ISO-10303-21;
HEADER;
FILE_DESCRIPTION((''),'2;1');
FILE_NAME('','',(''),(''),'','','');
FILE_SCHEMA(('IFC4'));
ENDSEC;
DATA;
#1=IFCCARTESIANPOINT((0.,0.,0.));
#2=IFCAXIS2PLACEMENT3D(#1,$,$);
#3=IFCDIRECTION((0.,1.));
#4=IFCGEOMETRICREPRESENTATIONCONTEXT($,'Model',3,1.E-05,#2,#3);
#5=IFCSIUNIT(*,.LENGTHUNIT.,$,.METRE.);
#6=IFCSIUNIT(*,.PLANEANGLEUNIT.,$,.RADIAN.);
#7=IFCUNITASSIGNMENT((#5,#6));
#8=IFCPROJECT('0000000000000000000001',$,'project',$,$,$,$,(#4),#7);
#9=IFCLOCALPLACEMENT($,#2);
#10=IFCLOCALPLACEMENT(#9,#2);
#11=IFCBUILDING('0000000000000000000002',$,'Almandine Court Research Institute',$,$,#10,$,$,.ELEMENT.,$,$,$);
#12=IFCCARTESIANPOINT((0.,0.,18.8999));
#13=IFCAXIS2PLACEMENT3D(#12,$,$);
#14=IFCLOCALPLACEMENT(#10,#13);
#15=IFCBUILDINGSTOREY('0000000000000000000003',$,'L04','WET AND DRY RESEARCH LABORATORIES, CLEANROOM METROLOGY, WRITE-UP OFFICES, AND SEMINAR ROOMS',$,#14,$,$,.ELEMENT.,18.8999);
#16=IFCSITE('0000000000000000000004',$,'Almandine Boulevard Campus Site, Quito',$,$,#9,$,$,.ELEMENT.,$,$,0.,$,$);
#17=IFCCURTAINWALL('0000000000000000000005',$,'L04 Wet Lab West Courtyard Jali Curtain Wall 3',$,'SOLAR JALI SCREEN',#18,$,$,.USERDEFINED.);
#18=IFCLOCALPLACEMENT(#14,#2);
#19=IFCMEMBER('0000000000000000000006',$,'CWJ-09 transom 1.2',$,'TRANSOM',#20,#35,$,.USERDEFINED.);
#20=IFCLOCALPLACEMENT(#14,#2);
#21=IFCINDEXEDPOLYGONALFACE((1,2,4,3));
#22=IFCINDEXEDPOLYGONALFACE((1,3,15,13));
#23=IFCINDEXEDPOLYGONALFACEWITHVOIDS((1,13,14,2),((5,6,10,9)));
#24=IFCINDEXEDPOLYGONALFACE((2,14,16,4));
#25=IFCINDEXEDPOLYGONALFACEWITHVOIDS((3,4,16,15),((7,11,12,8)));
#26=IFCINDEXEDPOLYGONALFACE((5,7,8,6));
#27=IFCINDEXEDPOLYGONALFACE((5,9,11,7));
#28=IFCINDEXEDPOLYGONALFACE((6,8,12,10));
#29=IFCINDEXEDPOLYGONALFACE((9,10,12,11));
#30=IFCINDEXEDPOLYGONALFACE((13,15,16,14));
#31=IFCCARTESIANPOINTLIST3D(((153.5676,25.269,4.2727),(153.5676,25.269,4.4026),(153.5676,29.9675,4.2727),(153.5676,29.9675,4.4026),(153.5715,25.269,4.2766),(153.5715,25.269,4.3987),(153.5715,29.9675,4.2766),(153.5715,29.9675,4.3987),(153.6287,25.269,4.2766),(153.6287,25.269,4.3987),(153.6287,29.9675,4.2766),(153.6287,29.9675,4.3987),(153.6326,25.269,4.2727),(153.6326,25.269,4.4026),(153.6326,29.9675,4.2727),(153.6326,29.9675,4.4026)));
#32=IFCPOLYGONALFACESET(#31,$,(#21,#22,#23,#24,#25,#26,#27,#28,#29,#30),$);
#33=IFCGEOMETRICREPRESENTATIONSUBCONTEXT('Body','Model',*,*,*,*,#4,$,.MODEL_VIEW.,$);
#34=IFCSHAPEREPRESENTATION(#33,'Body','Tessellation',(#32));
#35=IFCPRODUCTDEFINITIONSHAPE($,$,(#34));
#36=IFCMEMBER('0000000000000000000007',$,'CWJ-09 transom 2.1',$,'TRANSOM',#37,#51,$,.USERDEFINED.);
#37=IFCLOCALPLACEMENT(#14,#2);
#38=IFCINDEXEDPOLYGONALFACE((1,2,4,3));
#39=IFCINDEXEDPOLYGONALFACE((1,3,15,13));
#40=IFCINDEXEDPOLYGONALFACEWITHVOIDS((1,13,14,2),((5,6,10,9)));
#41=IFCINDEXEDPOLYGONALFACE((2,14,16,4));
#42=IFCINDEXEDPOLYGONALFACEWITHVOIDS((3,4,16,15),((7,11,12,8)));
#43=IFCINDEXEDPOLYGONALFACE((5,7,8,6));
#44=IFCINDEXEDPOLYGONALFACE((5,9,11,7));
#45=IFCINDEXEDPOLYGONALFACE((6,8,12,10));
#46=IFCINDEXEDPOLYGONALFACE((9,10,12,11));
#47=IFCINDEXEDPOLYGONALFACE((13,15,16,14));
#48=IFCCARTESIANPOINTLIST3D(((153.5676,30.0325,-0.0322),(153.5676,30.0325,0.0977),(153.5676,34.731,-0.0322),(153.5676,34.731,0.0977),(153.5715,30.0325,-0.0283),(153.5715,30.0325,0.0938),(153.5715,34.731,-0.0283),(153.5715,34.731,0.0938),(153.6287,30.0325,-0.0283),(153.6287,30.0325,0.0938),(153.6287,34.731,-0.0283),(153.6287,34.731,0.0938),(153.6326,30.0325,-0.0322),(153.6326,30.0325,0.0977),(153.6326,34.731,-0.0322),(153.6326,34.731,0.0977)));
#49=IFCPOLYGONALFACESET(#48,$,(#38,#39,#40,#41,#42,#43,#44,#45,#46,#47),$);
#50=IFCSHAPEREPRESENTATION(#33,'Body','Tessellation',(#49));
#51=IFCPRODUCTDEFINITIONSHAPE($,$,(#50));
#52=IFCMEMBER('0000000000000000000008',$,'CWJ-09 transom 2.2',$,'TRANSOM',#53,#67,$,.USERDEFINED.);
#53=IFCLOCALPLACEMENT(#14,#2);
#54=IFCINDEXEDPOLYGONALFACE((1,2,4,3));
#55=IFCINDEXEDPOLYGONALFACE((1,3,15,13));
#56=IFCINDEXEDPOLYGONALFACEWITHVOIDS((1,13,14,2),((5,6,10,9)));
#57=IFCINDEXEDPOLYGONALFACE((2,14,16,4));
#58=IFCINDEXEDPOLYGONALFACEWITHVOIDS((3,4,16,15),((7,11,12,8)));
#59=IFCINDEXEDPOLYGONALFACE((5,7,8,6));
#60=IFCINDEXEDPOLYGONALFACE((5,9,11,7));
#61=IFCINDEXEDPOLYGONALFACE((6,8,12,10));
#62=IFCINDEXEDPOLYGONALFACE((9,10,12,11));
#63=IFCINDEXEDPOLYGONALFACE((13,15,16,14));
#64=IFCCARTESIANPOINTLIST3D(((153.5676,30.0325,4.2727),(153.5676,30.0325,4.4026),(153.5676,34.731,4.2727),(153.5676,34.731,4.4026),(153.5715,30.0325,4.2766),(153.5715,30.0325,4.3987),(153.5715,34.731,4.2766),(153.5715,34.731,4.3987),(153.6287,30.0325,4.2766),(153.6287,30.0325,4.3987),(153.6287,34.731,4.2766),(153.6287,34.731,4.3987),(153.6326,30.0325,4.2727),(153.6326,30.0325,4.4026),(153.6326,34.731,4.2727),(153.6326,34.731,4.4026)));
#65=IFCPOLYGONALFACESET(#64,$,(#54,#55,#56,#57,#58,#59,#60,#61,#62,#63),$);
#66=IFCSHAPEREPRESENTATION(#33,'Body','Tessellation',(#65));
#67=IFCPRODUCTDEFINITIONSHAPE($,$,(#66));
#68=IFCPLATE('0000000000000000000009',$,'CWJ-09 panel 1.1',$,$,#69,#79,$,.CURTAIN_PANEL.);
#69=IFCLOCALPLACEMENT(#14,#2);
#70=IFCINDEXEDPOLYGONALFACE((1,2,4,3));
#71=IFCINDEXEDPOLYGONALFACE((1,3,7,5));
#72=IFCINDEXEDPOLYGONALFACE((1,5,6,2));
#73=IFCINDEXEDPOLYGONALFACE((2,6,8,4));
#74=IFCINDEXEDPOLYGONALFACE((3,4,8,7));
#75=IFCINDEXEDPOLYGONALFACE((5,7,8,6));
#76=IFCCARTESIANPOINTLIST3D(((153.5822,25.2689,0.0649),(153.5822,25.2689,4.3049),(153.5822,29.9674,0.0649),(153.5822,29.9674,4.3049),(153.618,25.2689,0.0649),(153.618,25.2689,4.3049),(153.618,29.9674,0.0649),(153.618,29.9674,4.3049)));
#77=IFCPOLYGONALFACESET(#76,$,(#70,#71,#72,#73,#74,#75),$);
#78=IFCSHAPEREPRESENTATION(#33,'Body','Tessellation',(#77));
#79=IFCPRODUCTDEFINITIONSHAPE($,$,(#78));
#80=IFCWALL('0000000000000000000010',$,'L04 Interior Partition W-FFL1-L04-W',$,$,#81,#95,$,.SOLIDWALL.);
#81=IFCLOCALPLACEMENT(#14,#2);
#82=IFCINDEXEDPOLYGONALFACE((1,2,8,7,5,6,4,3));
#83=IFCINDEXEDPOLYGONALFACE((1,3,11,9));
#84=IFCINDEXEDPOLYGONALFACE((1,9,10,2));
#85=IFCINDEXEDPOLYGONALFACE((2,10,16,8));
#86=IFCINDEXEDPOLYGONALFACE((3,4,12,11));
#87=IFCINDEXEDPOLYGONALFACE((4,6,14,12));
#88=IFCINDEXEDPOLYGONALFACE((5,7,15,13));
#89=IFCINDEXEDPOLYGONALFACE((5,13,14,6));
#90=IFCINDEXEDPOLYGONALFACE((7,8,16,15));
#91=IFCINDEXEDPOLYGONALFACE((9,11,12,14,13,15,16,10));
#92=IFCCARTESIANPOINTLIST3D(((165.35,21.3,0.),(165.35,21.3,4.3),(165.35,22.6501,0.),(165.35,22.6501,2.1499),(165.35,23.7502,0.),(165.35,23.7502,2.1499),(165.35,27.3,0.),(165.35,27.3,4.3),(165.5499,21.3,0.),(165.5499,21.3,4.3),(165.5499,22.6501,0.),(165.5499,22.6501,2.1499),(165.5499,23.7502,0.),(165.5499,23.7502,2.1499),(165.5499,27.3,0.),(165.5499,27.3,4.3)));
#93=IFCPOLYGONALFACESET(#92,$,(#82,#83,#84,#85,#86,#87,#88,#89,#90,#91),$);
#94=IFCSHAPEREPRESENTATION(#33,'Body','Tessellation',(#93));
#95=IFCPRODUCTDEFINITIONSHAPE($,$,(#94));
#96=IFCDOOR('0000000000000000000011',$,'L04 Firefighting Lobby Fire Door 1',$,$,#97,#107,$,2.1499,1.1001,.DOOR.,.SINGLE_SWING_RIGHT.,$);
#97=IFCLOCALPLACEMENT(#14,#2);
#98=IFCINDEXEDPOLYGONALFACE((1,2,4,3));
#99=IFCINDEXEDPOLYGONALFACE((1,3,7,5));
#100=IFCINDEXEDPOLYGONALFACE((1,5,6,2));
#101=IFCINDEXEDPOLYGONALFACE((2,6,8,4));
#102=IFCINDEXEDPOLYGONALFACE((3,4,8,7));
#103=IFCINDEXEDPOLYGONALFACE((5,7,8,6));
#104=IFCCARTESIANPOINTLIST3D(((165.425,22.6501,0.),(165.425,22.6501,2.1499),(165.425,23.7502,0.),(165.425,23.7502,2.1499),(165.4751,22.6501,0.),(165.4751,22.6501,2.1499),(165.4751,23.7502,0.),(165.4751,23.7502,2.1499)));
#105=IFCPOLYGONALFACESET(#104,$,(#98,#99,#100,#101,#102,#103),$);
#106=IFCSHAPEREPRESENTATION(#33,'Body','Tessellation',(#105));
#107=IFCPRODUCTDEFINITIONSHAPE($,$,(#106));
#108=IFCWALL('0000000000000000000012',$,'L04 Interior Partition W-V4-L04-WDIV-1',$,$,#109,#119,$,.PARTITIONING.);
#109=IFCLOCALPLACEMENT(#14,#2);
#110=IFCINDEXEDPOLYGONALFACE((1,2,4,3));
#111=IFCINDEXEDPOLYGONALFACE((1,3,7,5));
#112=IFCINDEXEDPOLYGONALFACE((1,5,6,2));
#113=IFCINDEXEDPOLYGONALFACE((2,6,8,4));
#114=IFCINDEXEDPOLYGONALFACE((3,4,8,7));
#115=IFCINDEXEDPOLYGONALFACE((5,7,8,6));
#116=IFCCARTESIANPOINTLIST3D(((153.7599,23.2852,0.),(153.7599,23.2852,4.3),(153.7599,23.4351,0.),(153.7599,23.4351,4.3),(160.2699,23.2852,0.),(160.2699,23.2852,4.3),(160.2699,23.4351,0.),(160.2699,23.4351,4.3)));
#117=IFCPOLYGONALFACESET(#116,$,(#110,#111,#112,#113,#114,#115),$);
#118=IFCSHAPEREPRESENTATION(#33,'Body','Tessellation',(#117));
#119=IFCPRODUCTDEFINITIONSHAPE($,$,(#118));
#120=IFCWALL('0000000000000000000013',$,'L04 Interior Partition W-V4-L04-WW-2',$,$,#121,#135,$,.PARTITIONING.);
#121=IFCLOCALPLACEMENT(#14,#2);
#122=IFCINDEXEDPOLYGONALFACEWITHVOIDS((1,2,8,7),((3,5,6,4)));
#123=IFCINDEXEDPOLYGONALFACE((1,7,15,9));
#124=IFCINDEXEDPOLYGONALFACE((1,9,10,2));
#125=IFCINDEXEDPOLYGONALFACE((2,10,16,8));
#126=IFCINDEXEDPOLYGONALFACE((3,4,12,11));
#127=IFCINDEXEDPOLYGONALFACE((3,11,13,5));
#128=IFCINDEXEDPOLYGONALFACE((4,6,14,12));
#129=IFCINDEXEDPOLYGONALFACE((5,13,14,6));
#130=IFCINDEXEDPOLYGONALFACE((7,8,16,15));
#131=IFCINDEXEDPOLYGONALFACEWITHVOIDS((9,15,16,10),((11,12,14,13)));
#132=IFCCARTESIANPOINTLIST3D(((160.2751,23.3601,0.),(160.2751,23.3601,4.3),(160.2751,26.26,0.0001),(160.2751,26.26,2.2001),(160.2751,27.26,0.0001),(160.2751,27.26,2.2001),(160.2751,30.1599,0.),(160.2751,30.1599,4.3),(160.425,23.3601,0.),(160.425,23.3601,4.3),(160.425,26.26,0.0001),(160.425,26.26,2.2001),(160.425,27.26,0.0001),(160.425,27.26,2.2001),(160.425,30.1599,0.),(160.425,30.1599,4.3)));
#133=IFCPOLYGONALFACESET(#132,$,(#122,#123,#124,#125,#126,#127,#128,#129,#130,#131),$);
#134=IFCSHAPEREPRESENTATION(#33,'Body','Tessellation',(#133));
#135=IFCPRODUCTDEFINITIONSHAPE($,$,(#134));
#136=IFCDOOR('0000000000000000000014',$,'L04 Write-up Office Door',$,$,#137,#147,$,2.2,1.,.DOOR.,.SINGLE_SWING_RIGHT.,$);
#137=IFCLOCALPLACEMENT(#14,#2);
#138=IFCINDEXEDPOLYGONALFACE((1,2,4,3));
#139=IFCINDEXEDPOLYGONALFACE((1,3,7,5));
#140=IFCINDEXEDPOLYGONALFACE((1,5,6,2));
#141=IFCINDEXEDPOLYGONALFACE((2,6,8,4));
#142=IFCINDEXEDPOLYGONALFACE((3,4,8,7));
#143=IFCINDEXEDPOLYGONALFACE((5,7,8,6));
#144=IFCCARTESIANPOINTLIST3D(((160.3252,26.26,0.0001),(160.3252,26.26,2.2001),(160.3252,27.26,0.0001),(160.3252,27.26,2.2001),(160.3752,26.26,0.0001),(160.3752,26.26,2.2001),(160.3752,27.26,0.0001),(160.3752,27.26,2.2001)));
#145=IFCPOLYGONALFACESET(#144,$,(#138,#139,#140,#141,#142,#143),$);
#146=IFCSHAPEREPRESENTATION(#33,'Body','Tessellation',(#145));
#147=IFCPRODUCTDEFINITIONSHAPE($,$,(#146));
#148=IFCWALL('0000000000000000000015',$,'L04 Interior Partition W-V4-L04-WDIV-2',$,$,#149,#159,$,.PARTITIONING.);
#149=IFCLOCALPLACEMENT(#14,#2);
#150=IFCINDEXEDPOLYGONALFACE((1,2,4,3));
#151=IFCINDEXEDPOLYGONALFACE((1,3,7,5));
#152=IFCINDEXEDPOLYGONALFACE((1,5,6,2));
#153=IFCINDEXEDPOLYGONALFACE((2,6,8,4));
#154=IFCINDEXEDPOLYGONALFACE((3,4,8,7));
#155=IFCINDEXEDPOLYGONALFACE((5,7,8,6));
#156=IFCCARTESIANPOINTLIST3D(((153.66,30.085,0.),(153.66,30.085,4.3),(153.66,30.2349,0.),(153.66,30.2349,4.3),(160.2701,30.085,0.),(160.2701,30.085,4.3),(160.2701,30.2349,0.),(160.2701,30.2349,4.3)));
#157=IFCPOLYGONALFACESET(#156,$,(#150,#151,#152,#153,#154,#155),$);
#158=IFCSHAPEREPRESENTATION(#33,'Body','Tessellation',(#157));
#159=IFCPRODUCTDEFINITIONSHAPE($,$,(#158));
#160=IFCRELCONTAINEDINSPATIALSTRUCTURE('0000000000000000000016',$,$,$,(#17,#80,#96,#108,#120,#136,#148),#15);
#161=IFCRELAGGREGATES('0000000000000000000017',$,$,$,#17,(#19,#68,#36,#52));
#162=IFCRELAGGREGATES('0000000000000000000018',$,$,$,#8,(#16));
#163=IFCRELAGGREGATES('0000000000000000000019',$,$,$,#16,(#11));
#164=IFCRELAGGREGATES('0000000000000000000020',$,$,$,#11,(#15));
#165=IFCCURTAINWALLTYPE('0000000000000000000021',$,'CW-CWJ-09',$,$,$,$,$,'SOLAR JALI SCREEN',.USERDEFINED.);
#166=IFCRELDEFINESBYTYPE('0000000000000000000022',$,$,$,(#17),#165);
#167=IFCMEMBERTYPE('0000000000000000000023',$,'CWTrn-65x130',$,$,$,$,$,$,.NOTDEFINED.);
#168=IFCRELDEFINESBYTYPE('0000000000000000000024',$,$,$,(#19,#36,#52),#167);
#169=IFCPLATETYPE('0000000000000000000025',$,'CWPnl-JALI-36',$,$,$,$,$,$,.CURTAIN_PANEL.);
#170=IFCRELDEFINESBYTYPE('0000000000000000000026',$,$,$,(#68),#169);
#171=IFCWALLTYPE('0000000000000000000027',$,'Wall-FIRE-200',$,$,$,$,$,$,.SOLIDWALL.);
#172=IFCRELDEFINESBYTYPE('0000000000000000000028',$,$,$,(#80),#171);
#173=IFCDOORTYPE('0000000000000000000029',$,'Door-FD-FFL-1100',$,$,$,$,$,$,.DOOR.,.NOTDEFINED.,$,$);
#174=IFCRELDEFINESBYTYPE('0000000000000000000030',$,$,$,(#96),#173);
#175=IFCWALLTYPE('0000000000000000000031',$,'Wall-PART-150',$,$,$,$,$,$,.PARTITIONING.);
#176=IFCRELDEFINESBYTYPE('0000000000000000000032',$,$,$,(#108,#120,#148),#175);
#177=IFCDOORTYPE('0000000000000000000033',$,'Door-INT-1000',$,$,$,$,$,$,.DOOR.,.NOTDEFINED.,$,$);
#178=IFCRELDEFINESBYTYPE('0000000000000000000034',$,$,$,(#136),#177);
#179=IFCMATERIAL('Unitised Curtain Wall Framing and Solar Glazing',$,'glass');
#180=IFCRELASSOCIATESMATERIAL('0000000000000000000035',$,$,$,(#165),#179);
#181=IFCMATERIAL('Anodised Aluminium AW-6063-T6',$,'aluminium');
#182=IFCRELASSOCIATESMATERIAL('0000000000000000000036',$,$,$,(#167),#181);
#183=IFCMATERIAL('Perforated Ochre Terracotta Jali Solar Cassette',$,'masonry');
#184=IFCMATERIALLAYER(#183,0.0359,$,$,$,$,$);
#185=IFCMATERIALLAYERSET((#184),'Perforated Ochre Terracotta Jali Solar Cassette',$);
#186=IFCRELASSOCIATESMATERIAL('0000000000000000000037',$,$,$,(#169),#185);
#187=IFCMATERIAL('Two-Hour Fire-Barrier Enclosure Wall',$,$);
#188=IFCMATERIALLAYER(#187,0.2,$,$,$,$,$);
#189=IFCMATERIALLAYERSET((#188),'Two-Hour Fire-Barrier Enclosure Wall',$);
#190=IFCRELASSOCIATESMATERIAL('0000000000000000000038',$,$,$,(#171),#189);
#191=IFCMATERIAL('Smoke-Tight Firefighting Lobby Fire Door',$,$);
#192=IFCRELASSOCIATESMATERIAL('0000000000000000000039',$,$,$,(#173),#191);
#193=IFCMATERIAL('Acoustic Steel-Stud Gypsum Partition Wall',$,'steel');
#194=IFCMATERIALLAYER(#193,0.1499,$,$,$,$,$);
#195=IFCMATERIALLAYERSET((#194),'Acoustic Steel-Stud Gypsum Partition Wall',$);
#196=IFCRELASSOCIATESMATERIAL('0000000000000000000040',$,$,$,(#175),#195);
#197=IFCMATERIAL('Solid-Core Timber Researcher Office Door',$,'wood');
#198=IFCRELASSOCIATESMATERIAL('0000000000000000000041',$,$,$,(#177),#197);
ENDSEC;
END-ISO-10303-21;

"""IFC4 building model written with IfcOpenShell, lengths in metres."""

from ifc_helpers import new_model, si_unit, direction, frame, frame_2d, origin, origin_2d, place, context, subcontext, project, spatial, rectangle, hollow_rectangle, extrude, material, layer, layer_set, material_profile, profile_set, type_object, element, fill, aggregate, save


model = new_model("IFC4")

# Units and contexts
model_context = context("Model", 3, precision=1e-05, world=origin(), true_north=direction((0.0, 1.0)))
body_context = subcontext(model_context, "Body", "Model", "MODEL_VIEW")
ifc_project = project(units=[si_unit("LENGTHUNIT", "METRE"), si_unit("PLANEANGLEUNIT", "RADIAN")], contexts=[model_context])

# Site, building, storey
site_placement = place(None, origin())
site = spatial("IfcSite", under=ifc_project, at=site_placement, Name="Almandine Boulevard Campus Site, Quito", CompositionType="ELEMENT", RefElevation=0.0)
building_placement = place(site_placement, origin())
building = spatial("IfcBuilding", under=site, at=building_placement, Name="Almandine Court Research Institute", CompositionType="ELEMENT")
storey_placement = place(building_placement, frame((0.0, 0.0, 18.8999)))
storey = spatial("IfcBuildingStorey", under=building, at=storey_placement, Name="L04", Description="WET AND DRY RESEARCH LABORATORIES, CLEANROOM METROLOGY, WRITE-UP OFFICES, AND SEMINAR ROOMS", CompositionType="ELEMENT", Elevation=18.8999)

# Curtain wall, members, plate
ifc_material_1 = material(Name="Unitised Curtain Wall Framing and Solar Glazing", Category="glass")
curtain_wall_type = type_object("IfcCurtainWallType", Name="CW-CWJ-09", ElementType="SOLAR JALI SCREEN", PredefinedType="USERDEFINED", material=ifc_material_1)
curtain_wall_placement = place(storey_placement, origin())
curtain_wall = element("IfcCurtainWall", 1, at=curtain_wall_placement, inside=storey, type_object=curtain_wall_type, Name="L04 Wet Lab West Courtyard Jali Curtain Wall 3", ObjectType="SOLAR JALI SCREEN", PredefinedType="USERDEFINED")
ifc_material_2 = material(Name="Anodised Aluminium AW-6063-T6", Category="aluminium")
ifc_material_profile_1 = material_profile(ifc_material_2, hollow_rectangle(XDim=0.0649, YDim=0.1299, WallThickness=0.0039, at=origin_2d()), Name="ALU RHS 65x130x4")
ifc_profile_set_1 = profile_set([ifc_material_profile_1], Name="Anodised Aluminium AW-6063-T6")
member_type_1 = type_object("IfcMemberType", Name="CWTrn-65x130", PredefinedType="NOTDEFINED", material=ifc_profile_set_1)
member_1_placement = place(storey_placement, frame((153.6001, 25.269, 4.3376), z_axis=(0.0, 1.0, 0.0), x_axis=(-1.0, 0.0, 0.0)))
member_1 = element("IfcMember", 2, at=member_1_placement, type_object=member_type_1, Name="CWJ-09 transom 1.2", ObjectType="TRANSOM", PredefinedType="USERDEFINED", context=body_context, shape_type="SweptSolid", body=[
    extrude(hollow_rectangle(XDim=0.0649, YDim=0.1299, WallThickness=0.0039, at=origin_2d()), origin(), (0.0, 0.0, 1.0), 4.6985),
])
member_2_placement = place(storey_placement, frame((153.6001, 30.0325, 0.0327), z_axis=(0.0, 1.0, 0.0), x_axis=(-1.0, 0.0, 0.0)))
member_2 = element("IfcMember", 3, at=member_2_placement, type_object=member_type_1, Name="CWJ-09 transom 2.1", ObjectType="TRANSOM", PredefinedType="USERDEFINED", context=body_context, shape_type="SweptSolid", body=[
    extrude(hollow_rectangle(XDim=0.0649, YDim=0.1299, WallThickness=0.0039, at=origin_2d()), origin(), (0.0, 0.0, 1.0), 4.6985),
])
member_3_placement = place(storey_placement, frame((153.6001, 30.0325, 4.3376), z_axis=(0.0, 1.0, 0.0), x_axis=(-1.0, 0.0, 0.0)))
member_3 = element("IfcMember", 4, at=member_3_placement, type_object=member_type_1, Name="CWJ-09 transom 2.2", ObjectType="TRANSOM", PredefinedType="USERDEFINED", context=body_context, shape_type="SweptSolid", body=[
    extrude(hollow_rectangle(XDim=0.0649, YDim=0.1299, WallThickness=0.0039, at=origin_2d()), origin(), (0.0, 0.0, 1.0), 4.6985),
])
ifc_material_3 = material(Name="Perforated Ochre Terracotta Jali Solar Cassette", Category="masonry")
ifc_layer_1 = layer(ifc_material_3, 0.0359)
ifc_layer_set_1 = layer_set([ifc_layer_1], Name="Perforated Ochre Terracotta Jali Solar Cassette")
plate_type = type_object("IfcPlateType", Name="CWPnl-JALI-36", PredefinedType="CURTAIN_PANEL", material=ifc_layer_set_1)
plate_placement = place(storey_placement, frame((153.6001, 27.6182, 0.0649), z_axis=(0.0, 0.0, 1.0), x_axis=(0.0, 1.0, 0.0)))
plate = element("IfcPlate", 5, at=plate_placement, type_object=plate_type, Name="CWJ-09 panel 1.1", PredefinedType="CURTAIN_PANEL", context=body_context, shape_type="SweptSolid", body=[
    extrude(rectangle(XDim=4.6985, YDim=0.0359, at=origin_2d()), origin(), (0.0, 0.0, 1.0), 4.24),
])
aggregate(curtain_wall, [member_1, plate, member_2, member_3])

# Wall, opening, door
ifc_material_4 = material(Name="Two-Hour Fire-Barrier Enclosure Wall")
ifc_layer_2 = layer(ifc_material_4, 0.2)
ifc_layer_set_2 = layer_set([ifc_layer_2], Name="Two-Hour Fire-Barrier Enclosure Wall")
wall_type_1 = type_object("IfcWallType", Name="Wall-FIRE-200", PredefinedType="SOLIDWALL", material=ifc_layer_set_2)
wall_1_placement = place(storey_placement, frame((165.45, 21.3, 0.0), z_axis=(0.0, 0.0, 1.0), x_axis=(0.0, 1.0, 0.0)))
wall_1 = element("IfcWall", 6, at=wall_1_placement, inside=storey, type_object=wall_type_1, Name="L04 Interior Partition W-FFL1-L04-W", PredefinedType="SOLIDWALL", context=body_context, shape_type="SweptSolid", body=[
    extrude(rectangle(XDim=6.0, YDim=0.2, at=frame_2d((3.0, 0.0))), origin(), (0.0, 0.0, 1.0), 4.3),
])
opening_1_placement = place(wall_1_placement, frame((1.3501, 0.0, 0.0)))
opening_1 = element("IfcOpeningElement", 7, at=opening_1_placement, cuts=wall_1, PredefinedType="OPENING", context=body_context, shape_type="SweptSolid", body=[
    extrude(rectangle(XDim=1.1001, YDim=2.1499, at=frame_2d((0.55, 1.075))), frame((0.0, 0.1099, 0.0), z_axis=(0.0, -1.0, 0.0), x_axis=(1.0, 0.0, 0.0)), (0.0, 0.0, 1.0), 0.22),
])
ifc_material_5 = material(Name="Smoke-Tight Firefighting Lobby Fire Door")
door_type_1 = type_object("IfcDoorType", Name="Door-FD-FFL-1100", OperationType="NOTDEFINED", PredefinedType="DOOR", material=ifc_material_5)
door_1_placement = place(opening_1_placement, origin())
door_1 = element("IfcDoor", 8, at=door_1_placement, inside=storey, type_object=door_type_1, Name="L04 Firefighting Lobby Fire Door 1", OperationType="SINGLE_SWING_RIGHT", OverallHeight=2.1499, OverallWidth=1.1001, PredefinedType="DOOR", context=body_context, shape_type="SweptSolid", body=[
    extrude(rectangle(XDim=1.1001, YDim=2.1499, at=frame_2d((0.55, 1.075))), frame((0.0, 0.0249, 0.0), z_axis=(0.0, -1.0, 0.0), x_axis=(1.0, 0.0, 0.0)), (0.0, 0.0, 1.0), 0.05),
])
fill(opening_1, door_1)

# Wall
ifc_material_6 = material(Name="Acoustic Steel-Stud Gypsum Partition Wall", Category="steel")
ifc_layer_3 = layer(ifc_material_6, 0.1499)
ifc_layer_set_3 = layer_set([ifc_layer_3], Name="Acoustic Steel-Stud Gypsum Partition Wall")
wall_type_2 = type_object("IfcWallType", Name="Wall-PART-150", PredefinedType="PARTITIONING", material=ifc_layer_set_3)
wall_2_placement = place(storey_placement, frame((153.76, 23.3601, 0.0), z_axis=(0.0, 0.0, 1.0), x_axis=(1.0, 0.0, 0.0)))
element("IfcWall", 9, at=wall_2_placement, inside=storey, type_object=wall_type_2, Name="L04 Interior Partition W-V4-L04-WDIV-1", PredefinedType="PARTITIONING", context=body_context, shape_type="SweptSolid", body=[
    extrude(rectangle(XDim=6.51, YDim=0.1499, at=frame_2d((3.2549, 0.0))), origin(), (0.0, 0.0, 1.0), 4.3),
])

# Wall, opening, door
wall_3_placement = place(storey_placement, frame((160.3501, 23.3601, 0.0), z_axis=(0.0, 0.0, 1.0), x_axis=(0.0, 1.0, 0.0)))
wall_3 = element("IfcWall", 10, at=wall_3_placement, inside=storey, type_object=wall_type_2, Name="L04 Interior Partition W-V4-L04-WW-2", PredefinedType="PARTITIONING", context=body_context, shape_type="SweptSolid", body=[
    extrude(rectangle(XDim=6.7998, YDim=0.1499, at=frame_2d((3.3999, 0.0))), origin(), (0.0, 0.0, 1.0), 4.3),
])
opening_2_placement = place(wall_3_placement, frame((2.8999, 0.0, 0.0)))
opening_2 = element("IfcOpeningElement", 11, at=opening_2_placement, cuts=wall_3, PredefinedType="OPENING", context=body_context, shape_type="SweptSolid", body=[
    extrude(rectangle(XDim=1.0, YDim=2.2, at=frame_2d((0.5, 1.1001))), frame((0.0, 0.085, 0.0), z_axis=(0.0, -1.0, 0.0), x_axis=(1.0, 0.0, 0.0)), (0.0, 0.0, 1.0), 0.1699),
])
ifc_material_7 = material(Name="Solid-Core Timber Researcher Office Door", Category="wood")
door_type_2 = type_object("IfcDoorType", Name="Door-INT-1000", OperationType="NOTDEFINED", PredefinedType="DOOR", material=ifc_material_7)
door_2_placement = place(opening_2_placement, origin())
door_2 = element("IfcDoor", 12, at=door_2_placement, inside=storey, type_object=door_type_2, Name="L04 Write-up Office Door", OperationType="SINGLE_SWING_RIGHT", OverallHeight=2.2, OverallWidth=1.0, PredefinedType="DOOR", context=body_context, shape_type="SweptSolid", body=[
    extrude(rectangle(XDim=1.0, YDim=2.2, at=frame_2d((0.5, 1.1001))), frame((0.0, 0.0249, 0.0), z_axis=(0.0, -1.0, 0.0), x_axis=(1.0, 0.0, 0.0)), (0.0, 0.0, 1.0), 0.05),
])
fill(opening_2, door_2)

# Wall
wall_4_placement = place(storey_placement, frame((153.6599, 30.1599, 0.0), z_axis=(0.0, 0.0, 1.0), x_axis=(1.0, 0.0, 0.0)))
element("IfcWall", 13, at=wall_4_placement, inside=storey, type_object=wall_type_2, Name="L04 Interior Partition W-V4-L04-WDIV-2", PredefinedType="PARTITIONING", context=body_context, shape_type="SweptSolid", body=[
    extrude(rectangle(XDim=6.6101, YDim=0.1499, at=frame_2d((3.3052, 0.0))), origin(), (0.0, 0.0, 1.0), 4.3),
])

save(model, "model.ifc")
